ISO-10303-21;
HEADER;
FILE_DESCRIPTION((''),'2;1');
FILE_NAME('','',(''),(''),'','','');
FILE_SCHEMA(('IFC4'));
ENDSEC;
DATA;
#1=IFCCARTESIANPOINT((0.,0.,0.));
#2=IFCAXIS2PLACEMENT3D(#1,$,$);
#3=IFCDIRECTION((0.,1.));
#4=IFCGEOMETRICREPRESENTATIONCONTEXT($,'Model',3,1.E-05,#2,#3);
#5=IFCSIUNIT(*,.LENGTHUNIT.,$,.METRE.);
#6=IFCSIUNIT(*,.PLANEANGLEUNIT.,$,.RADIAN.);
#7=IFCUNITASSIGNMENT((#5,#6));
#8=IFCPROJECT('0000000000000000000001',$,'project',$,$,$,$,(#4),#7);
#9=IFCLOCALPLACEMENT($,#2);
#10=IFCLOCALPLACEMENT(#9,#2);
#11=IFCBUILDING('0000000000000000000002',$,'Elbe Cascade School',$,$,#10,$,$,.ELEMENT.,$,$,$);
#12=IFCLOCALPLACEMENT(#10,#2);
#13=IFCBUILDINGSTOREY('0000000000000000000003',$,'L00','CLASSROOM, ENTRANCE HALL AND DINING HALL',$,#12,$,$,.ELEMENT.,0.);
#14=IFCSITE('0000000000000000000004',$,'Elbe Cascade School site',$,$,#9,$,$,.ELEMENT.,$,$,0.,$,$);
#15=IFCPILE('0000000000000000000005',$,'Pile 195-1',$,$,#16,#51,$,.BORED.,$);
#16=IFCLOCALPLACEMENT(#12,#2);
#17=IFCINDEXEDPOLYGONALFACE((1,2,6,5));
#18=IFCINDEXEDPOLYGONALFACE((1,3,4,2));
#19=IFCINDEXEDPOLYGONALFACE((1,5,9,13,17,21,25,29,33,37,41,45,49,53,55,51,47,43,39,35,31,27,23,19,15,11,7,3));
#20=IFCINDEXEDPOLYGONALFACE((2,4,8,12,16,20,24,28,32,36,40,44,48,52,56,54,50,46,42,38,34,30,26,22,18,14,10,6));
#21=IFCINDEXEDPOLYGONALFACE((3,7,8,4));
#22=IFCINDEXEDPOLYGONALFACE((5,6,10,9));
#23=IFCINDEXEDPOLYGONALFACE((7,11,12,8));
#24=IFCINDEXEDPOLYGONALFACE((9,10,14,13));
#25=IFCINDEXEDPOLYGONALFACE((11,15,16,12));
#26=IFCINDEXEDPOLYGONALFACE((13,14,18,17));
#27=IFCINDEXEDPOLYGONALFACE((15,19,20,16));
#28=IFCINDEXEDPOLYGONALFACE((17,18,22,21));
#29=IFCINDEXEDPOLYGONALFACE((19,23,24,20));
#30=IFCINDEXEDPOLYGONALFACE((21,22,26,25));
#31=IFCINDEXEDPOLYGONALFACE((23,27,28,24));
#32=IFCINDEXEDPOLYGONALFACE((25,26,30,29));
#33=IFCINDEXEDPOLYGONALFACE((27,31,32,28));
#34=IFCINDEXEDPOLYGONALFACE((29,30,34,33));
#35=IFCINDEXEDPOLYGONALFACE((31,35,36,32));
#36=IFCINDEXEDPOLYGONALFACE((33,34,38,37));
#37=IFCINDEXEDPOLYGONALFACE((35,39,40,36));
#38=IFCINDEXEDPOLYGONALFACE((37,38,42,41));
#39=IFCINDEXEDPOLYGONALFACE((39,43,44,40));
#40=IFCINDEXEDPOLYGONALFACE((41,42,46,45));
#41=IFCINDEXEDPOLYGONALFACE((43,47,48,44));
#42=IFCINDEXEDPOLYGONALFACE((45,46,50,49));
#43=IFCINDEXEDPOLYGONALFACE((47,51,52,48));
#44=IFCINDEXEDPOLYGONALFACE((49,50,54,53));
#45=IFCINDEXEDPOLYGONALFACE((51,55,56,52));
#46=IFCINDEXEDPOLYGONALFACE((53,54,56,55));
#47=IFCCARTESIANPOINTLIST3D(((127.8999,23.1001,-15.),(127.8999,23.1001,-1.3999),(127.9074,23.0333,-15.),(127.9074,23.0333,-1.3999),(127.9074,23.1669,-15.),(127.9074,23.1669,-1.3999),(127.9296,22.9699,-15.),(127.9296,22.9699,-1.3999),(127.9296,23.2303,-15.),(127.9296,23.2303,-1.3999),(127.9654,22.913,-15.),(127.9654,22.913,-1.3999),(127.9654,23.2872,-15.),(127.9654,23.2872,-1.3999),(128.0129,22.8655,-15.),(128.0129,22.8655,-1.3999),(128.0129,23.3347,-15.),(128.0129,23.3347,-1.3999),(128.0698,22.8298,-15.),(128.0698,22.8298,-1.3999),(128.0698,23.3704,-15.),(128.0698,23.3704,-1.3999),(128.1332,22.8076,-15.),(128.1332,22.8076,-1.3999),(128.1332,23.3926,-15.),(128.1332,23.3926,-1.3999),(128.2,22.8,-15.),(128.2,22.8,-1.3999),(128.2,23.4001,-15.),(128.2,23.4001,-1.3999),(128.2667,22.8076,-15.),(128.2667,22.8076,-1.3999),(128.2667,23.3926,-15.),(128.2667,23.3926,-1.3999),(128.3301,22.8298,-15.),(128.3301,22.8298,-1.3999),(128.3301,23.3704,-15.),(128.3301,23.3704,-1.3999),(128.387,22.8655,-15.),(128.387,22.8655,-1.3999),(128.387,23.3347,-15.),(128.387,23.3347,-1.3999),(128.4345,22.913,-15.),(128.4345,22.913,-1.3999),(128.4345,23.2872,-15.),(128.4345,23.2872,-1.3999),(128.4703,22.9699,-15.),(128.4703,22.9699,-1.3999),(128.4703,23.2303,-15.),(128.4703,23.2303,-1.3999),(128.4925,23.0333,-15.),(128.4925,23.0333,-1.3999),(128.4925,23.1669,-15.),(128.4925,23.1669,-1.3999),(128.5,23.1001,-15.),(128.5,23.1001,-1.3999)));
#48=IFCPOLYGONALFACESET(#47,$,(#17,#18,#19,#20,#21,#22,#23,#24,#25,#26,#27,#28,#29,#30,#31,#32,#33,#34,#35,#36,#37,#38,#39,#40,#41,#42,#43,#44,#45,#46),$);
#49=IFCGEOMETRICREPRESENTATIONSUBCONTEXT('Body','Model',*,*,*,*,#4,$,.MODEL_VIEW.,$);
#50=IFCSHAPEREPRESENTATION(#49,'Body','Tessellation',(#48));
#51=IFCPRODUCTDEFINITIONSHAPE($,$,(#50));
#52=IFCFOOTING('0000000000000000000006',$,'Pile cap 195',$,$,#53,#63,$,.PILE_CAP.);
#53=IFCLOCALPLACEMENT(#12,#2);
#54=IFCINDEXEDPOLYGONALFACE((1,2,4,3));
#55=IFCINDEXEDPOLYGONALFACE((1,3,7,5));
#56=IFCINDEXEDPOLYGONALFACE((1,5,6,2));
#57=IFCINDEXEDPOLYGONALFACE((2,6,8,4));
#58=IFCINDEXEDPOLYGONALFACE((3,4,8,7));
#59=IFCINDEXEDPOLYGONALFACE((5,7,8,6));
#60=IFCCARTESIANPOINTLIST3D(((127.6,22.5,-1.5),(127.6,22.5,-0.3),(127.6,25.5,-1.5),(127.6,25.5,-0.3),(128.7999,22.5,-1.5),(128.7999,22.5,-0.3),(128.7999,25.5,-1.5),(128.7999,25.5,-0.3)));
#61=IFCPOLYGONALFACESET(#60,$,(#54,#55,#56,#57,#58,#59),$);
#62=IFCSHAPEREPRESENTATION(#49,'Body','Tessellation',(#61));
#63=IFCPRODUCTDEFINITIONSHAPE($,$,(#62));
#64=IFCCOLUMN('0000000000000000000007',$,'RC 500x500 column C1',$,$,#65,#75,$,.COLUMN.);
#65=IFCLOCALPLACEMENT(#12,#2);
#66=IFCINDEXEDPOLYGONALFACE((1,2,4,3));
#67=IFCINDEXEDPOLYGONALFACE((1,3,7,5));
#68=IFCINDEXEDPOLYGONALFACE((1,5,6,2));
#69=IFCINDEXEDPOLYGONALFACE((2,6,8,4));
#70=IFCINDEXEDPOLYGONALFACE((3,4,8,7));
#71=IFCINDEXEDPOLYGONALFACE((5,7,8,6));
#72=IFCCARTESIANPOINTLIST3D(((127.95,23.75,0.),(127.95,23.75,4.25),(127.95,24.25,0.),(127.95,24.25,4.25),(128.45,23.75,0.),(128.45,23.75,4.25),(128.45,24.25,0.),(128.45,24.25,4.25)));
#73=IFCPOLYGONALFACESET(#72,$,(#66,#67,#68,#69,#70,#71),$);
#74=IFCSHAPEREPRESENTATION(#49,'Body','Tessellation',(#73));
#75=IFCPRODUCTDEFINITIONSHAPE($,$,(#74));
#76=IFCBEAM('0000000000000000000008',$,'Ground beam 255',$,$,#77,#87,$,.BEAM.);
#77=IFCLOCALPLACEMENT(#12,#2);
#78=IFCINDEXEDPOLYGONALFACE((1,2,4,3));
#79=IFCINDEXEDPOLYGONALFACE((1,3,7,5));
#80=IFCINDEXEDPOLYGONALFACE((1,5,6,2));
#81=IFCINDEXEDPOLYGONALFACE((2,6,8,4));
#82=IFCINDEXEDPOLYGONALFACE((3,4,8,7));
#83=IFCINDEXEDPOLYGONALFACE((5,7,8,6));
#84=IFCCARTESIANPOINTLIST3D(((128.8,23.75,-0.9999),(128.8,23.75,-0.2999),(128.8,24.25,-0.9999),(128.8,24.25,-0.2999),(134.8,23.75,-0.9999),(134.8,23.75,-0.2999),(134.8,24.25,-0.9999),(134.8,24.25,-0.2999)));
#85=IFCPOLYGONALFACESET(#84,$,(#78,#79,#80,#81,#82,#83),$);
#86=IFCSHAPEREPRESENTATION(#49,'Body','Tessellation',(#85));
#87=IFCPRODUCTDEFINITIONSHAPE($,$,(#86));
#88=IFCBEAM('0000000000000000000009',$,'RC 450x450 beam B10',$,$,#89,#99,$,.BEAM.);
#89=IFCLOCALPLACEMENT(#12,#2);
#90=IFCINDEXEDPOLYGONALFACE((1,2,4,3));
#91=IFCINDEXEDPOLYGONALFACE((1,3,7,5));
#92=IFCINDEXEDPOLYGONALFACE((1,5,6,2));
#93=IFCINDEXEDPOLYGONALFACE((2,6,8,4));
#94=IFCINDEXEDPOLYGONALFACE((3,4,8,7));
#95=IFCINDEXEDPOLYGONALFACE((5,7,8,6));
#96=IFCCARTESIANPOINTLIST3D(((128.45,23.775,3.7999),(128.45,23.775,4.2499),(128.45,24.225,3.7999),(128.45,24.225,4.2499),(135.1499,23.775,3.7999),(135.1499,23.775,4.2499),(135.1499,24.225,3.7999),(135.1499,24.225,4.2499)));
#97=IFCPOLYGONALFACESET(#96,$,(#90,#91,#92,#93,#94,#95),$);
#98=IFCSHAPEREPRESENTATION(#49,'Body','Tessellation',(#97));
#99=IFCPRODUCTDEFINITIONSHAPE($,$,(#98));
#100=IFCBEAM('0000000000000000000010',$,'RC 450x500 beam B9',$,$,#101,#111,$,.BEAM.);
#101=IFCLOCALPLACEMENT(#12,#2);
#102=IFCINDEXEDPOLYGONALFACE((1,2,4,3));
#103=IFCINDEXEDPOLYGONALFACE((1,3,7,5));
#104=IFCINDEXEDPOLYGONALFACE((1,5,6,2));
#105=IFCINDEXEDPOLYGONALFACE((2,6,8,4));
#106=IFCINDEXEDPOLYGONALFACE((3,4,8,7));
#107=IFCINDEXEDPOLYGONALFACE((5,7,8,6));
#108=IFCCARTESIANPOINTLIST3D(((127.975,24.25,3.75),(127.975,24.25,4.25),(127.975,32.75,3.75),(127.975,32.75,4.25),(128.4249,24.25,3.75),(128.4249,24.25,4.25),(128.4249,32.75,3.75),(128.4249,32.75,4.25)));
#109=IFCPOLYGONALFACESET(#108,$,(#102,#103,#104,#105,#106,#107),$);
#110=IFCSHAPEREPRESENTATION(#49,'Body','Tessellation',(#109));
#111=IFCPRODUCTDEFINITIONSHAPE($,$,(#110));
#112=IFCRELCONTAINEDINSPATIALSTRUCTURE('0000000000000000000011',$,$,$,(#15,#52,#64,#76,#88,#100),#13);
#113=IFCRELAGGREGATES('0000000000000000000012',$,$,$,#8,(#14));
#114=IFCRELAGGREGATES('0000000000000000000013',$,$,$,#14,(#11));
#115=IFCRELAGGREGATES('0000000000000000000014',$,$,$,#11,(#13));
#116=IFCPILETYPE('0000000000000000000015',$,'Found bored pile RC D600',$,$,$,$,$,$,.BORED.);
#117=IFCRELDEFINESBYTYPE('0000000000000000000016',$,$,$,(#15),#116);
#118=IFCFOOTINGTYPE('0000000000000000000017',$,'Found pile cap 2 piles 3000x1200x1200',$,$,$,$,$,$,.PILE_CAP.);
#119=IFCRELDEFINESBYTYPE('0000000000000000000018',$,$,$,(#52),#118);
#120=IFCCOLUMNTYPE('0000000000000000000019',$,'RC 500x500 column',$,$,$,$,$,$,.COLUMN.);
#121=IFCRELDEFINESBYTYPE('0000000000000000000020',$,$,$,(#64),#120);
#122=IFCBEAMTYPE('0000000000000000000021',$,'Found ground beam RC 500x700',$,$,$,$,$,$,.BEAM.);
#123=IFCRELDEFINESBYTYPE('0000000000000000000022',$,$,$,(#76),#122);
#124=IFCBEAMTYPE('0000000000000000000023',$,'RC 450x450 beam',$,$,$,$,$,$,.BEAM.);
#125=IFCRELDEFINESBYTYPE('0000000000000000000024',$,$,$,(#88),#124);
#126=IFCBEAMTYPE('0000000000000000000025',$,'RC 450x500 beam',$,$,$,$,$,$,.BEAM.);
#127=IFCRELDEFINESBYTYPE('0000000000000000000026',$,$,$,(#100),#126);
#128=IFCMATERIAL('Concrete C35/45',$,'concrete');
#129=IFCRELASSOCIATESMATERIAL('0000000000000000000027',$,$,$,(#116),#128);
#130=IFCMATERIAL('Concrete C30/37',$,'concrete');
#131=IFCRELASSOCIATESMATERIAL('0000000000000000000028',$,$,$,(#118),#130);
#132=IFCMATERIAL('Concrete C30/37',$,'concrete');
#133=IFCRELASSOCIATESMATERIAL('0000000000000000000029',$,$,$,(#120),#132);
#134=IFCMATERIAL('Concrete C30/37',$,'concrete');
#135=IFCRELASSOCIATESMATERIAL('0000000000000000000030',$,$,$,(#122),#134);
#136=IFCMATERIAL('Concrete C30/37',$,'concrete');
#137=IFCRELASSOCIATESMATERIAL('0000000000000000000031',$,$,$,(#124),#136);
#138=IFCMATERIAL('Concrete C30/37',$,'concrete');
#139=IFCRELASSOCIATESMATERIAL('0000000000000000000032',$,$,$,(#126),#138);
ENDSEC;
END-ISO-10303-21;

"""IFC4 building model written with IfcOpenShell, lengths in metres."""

from ifc_helpers import new_model, si_unit, direction, frame, origin, origin_2d, place, context, subcontext, project, spatial, rectangle, circle, extrude, material, material_profile, profile_set, type_object, element, save


model = new_model("IFC4")

# Units and contexts
model_context = context("Model", 3, precision=1e-05, world=origin(), true_north=direction((0.0, 1.0)))
body_context = subcontext(model_context, "Body", "Model", "MODEL_VIEW")
ifc_project = project(units=[si_unit("LENGTHUNIT", "METRE"), si_unit("PLANEANGLEUNIT", "RADIAN")], contexts=[model_context])

# Site, building, storey
site_placement = place(None, origin())
site = spatial("IfcSite", under=ifc_project, at=site_placement, Name="Elbe Cascade School site", CompositionType="ELEMENT", RefElevation=0.0)
building_placement = place(site_placement, origin())
building = spatial("IfcBuilding", under=site, at=building_placement, Name="Elbe Cascade School", CompositionType="ELEMENT")
storey_placement = place(building_placement, origin())
storey = spatial("IfcBuildingStorey", under=building, at=storey_placement, Name="L00", Description="CLASSROOM, ENTRANCE HALL AND DINING HALL", CompositionType="ELEMENT", Elevation=0.0)

# Pile
ifc_material_1 = material(Name="Concrete C35/45", Category="concrete")
ifc_material_profile_1 = material_profile(ifc_material_1, circle(Radius=0.3, at=origin_2d()), Name="RC D600")
ifc_profile_set_1 = profile_set([ifc_material_profile_1], Name="Concrete C35/45")
pile_type = type_object("IfcPileType", Name="Found bored pile RC D600", PredefinedType="BORED", material=ifc_profile_set_1)
pile_placement = place(storey_placement, frame((128.2, 23.1001, -1.3999), z_axis=(0.0, 0.0, -1.0), x_axis=(1.0, 0.0, 0.0)))
element("IfcPile", 1, at=pile_placement, inside=storey, type_object=pile_type, Name="Pile 195-1", PredefinedType="BORED", context=body_context, shape_type="SweptSolid", body=[
    extrude(circle(Radius=0.3, at=origin_2d()), origin(), (0.0, 0.0, 1.0), 13.6001),
])

# Footing
ifc_material_2 = material(Name="Concrete C30/37", Category="concrete")
footing_type = type_object("IfcFootingType", Name="Found pile cap 2 piles 3000x1200x1200", PredefinedType="PILE_CAP", material=ifc_material_2)
footing_placement = place(storey_placement, frame((128.2, 24.0, -1.5), z_axis=(0.0, 0.0, 1.0), x_axis=(1.0, 0.0, 0.0)))
element("IfcFooting", 2, at=footing_placement, inside=storey, type_object=footing_type, Name="Pile cap 195", PredefinedType="PILE_CAP", context=body_context, shape_type="SweptSolid", body=[
    extrude(rectangle(XDim=1.2, YDim=3.0, at=origin_2d()), origin(), (0.0, 0.0, 1.0), 1.2),
])

# Column
ifc_material_3 = material(Name="Concrete C30/37", Category="concrete")
ifc_material_profile_2 = material_profile(ifc_material_3, rectangle(XDim=0.5, YDim=0.5, at=origin_2d()), Name="RC 500x500")
ifc_profile_set_2 = profile_set([ifc_material_profile_2], Name="Concrete C30/37")
column_type = type_object("IfcColumnType", Name="RC 500x500 column", PredefinedType="COLUMN", material=ifc_profile_set_2)
column_placement = place(storey_placement, frame((128.2, 24.0, 0.0), z_axis=(0.0, 0.0, 1.0), x_axis=(1.0, 0.0, 0.0)))
element("IfcColumn", 3, at=column_placement, inside=storey, type_object=column_type, Name="RC 500x500 column C1", PredefinedType="COLUMN", context=body_context, shape_type="SweptSolid", body=[
    extrude(rectangle(XDim=0.5, YDim=0.5, at=origin_2d()), origin(), (0.0, 0.0, 1.0), 4.25),
])

# Beams
ifc_material_4 = material(Name="Concrete C30/37", Category="concrete")
ifc_material_profile_3 = material_profile(ifc_material_4, rectangle(XDim=0.5, YDim=0.7, at=origin_2d()), Name="RC 500x700")
ifc_profile_set_3 = profile_set([ifc_material_profile_3], Name="Concrete C30/37")
beam_type_1 = type_object("IfcBeamType", Name="Found ground beam RC 500x700", PredefinedType="BEAM", material=ifc_profile_set_3)
beam_1_placement = place(storey_placement, frame((128.8, 24.0, -0.6499), z_axis=(1.0, 0.0, 0.0), x_axis=(0.0, 1.0, 0.0)))
element("IfcBeam", 4, at=beam_1_placement, inside=storey, type_object=beam_type_1, Name="Ground beam 255", PredefinedType="BEAM", context=body_context, shape_type="SweptSolid", body=[
    extrude(rectangle(XDim=0.5, YDim=0.7, at=origin_2d()), origin(), (0.0, 0.0, 1.0), 6.0),
])
ifc_material_5 = material(Name="Concrete C30/37", Category="concrete")
ifc_material_profile_4 = material_profile(ifc_material_5, rectangle(XDim=0.45, YDim=0.45, at=origin_2d()), Name="RC 450x450")
ifc_profile_set_4 = profile_set([ifc_material_profile_4], Name="Concrete C30/37")
beam_type_2 = type_object("IfcBeamType", Name="RC 450x450 beam", PredefinedType="BEAM", material=ifc_profile_set_4)
beam_2_placement = place(storey_placement, frame((128.45, 24.0, 4.0249), z_axis=(1.0, 0.0, 0.0), x_axis=(0.0, 1.0, 0.0)))
element("IfcBeam", 5, at=beam_2_placement, inside=storey, type_object=beam_type_2, Name="RC 450x450 beam B10", PredefinedType="BEAM", context=body_context, shape_type="SweptSolid", body=[
    extrude(rectangle(XDim=0.45, YDim=0.45, at=origin_2d()), origin(), (0.0, 0.0, 1.0), 6.7),
])
ifc_material_6 = material(Name="Concrete C30/37", Category="concrete")
ifc_material_profile_5 = material_profile(ifc_material_6, rectangle(XDim=0.45, YDim=0.5, at=origin_2d()), Name="RC 450x500")
ifc_profile_set_5 = profile_set([ifc_material_profile_5], Name="Concrete C30/37")
beam_type_3 = type_object("IfcBeamType", Name="RC 450x500 beam", PredefinedType="BEAM", material=ifc_profile_set_5)
beam_3_placement = place(storey_placement, frame((128.2, 24.25, 4.0), z_axis=(0.0, 1.0, 0.0), x_axis=(-1.0, 0.0, 0.0)))
element("IfcBeam", 6, at=beam_3_placement, inside=storey, type_object=beam_type_3, Name="RC 450x500 beam B9", PredefinedType="BEAM", context=body_context, shape_type="SweptSolid", body=[
    extrude(rectangle(XDim=0.45, YDim=0.5, at=origin_2d()), origin(), (0.0, 0.0, 1.0), 8.5),
])

save(model, "model.ifc")
